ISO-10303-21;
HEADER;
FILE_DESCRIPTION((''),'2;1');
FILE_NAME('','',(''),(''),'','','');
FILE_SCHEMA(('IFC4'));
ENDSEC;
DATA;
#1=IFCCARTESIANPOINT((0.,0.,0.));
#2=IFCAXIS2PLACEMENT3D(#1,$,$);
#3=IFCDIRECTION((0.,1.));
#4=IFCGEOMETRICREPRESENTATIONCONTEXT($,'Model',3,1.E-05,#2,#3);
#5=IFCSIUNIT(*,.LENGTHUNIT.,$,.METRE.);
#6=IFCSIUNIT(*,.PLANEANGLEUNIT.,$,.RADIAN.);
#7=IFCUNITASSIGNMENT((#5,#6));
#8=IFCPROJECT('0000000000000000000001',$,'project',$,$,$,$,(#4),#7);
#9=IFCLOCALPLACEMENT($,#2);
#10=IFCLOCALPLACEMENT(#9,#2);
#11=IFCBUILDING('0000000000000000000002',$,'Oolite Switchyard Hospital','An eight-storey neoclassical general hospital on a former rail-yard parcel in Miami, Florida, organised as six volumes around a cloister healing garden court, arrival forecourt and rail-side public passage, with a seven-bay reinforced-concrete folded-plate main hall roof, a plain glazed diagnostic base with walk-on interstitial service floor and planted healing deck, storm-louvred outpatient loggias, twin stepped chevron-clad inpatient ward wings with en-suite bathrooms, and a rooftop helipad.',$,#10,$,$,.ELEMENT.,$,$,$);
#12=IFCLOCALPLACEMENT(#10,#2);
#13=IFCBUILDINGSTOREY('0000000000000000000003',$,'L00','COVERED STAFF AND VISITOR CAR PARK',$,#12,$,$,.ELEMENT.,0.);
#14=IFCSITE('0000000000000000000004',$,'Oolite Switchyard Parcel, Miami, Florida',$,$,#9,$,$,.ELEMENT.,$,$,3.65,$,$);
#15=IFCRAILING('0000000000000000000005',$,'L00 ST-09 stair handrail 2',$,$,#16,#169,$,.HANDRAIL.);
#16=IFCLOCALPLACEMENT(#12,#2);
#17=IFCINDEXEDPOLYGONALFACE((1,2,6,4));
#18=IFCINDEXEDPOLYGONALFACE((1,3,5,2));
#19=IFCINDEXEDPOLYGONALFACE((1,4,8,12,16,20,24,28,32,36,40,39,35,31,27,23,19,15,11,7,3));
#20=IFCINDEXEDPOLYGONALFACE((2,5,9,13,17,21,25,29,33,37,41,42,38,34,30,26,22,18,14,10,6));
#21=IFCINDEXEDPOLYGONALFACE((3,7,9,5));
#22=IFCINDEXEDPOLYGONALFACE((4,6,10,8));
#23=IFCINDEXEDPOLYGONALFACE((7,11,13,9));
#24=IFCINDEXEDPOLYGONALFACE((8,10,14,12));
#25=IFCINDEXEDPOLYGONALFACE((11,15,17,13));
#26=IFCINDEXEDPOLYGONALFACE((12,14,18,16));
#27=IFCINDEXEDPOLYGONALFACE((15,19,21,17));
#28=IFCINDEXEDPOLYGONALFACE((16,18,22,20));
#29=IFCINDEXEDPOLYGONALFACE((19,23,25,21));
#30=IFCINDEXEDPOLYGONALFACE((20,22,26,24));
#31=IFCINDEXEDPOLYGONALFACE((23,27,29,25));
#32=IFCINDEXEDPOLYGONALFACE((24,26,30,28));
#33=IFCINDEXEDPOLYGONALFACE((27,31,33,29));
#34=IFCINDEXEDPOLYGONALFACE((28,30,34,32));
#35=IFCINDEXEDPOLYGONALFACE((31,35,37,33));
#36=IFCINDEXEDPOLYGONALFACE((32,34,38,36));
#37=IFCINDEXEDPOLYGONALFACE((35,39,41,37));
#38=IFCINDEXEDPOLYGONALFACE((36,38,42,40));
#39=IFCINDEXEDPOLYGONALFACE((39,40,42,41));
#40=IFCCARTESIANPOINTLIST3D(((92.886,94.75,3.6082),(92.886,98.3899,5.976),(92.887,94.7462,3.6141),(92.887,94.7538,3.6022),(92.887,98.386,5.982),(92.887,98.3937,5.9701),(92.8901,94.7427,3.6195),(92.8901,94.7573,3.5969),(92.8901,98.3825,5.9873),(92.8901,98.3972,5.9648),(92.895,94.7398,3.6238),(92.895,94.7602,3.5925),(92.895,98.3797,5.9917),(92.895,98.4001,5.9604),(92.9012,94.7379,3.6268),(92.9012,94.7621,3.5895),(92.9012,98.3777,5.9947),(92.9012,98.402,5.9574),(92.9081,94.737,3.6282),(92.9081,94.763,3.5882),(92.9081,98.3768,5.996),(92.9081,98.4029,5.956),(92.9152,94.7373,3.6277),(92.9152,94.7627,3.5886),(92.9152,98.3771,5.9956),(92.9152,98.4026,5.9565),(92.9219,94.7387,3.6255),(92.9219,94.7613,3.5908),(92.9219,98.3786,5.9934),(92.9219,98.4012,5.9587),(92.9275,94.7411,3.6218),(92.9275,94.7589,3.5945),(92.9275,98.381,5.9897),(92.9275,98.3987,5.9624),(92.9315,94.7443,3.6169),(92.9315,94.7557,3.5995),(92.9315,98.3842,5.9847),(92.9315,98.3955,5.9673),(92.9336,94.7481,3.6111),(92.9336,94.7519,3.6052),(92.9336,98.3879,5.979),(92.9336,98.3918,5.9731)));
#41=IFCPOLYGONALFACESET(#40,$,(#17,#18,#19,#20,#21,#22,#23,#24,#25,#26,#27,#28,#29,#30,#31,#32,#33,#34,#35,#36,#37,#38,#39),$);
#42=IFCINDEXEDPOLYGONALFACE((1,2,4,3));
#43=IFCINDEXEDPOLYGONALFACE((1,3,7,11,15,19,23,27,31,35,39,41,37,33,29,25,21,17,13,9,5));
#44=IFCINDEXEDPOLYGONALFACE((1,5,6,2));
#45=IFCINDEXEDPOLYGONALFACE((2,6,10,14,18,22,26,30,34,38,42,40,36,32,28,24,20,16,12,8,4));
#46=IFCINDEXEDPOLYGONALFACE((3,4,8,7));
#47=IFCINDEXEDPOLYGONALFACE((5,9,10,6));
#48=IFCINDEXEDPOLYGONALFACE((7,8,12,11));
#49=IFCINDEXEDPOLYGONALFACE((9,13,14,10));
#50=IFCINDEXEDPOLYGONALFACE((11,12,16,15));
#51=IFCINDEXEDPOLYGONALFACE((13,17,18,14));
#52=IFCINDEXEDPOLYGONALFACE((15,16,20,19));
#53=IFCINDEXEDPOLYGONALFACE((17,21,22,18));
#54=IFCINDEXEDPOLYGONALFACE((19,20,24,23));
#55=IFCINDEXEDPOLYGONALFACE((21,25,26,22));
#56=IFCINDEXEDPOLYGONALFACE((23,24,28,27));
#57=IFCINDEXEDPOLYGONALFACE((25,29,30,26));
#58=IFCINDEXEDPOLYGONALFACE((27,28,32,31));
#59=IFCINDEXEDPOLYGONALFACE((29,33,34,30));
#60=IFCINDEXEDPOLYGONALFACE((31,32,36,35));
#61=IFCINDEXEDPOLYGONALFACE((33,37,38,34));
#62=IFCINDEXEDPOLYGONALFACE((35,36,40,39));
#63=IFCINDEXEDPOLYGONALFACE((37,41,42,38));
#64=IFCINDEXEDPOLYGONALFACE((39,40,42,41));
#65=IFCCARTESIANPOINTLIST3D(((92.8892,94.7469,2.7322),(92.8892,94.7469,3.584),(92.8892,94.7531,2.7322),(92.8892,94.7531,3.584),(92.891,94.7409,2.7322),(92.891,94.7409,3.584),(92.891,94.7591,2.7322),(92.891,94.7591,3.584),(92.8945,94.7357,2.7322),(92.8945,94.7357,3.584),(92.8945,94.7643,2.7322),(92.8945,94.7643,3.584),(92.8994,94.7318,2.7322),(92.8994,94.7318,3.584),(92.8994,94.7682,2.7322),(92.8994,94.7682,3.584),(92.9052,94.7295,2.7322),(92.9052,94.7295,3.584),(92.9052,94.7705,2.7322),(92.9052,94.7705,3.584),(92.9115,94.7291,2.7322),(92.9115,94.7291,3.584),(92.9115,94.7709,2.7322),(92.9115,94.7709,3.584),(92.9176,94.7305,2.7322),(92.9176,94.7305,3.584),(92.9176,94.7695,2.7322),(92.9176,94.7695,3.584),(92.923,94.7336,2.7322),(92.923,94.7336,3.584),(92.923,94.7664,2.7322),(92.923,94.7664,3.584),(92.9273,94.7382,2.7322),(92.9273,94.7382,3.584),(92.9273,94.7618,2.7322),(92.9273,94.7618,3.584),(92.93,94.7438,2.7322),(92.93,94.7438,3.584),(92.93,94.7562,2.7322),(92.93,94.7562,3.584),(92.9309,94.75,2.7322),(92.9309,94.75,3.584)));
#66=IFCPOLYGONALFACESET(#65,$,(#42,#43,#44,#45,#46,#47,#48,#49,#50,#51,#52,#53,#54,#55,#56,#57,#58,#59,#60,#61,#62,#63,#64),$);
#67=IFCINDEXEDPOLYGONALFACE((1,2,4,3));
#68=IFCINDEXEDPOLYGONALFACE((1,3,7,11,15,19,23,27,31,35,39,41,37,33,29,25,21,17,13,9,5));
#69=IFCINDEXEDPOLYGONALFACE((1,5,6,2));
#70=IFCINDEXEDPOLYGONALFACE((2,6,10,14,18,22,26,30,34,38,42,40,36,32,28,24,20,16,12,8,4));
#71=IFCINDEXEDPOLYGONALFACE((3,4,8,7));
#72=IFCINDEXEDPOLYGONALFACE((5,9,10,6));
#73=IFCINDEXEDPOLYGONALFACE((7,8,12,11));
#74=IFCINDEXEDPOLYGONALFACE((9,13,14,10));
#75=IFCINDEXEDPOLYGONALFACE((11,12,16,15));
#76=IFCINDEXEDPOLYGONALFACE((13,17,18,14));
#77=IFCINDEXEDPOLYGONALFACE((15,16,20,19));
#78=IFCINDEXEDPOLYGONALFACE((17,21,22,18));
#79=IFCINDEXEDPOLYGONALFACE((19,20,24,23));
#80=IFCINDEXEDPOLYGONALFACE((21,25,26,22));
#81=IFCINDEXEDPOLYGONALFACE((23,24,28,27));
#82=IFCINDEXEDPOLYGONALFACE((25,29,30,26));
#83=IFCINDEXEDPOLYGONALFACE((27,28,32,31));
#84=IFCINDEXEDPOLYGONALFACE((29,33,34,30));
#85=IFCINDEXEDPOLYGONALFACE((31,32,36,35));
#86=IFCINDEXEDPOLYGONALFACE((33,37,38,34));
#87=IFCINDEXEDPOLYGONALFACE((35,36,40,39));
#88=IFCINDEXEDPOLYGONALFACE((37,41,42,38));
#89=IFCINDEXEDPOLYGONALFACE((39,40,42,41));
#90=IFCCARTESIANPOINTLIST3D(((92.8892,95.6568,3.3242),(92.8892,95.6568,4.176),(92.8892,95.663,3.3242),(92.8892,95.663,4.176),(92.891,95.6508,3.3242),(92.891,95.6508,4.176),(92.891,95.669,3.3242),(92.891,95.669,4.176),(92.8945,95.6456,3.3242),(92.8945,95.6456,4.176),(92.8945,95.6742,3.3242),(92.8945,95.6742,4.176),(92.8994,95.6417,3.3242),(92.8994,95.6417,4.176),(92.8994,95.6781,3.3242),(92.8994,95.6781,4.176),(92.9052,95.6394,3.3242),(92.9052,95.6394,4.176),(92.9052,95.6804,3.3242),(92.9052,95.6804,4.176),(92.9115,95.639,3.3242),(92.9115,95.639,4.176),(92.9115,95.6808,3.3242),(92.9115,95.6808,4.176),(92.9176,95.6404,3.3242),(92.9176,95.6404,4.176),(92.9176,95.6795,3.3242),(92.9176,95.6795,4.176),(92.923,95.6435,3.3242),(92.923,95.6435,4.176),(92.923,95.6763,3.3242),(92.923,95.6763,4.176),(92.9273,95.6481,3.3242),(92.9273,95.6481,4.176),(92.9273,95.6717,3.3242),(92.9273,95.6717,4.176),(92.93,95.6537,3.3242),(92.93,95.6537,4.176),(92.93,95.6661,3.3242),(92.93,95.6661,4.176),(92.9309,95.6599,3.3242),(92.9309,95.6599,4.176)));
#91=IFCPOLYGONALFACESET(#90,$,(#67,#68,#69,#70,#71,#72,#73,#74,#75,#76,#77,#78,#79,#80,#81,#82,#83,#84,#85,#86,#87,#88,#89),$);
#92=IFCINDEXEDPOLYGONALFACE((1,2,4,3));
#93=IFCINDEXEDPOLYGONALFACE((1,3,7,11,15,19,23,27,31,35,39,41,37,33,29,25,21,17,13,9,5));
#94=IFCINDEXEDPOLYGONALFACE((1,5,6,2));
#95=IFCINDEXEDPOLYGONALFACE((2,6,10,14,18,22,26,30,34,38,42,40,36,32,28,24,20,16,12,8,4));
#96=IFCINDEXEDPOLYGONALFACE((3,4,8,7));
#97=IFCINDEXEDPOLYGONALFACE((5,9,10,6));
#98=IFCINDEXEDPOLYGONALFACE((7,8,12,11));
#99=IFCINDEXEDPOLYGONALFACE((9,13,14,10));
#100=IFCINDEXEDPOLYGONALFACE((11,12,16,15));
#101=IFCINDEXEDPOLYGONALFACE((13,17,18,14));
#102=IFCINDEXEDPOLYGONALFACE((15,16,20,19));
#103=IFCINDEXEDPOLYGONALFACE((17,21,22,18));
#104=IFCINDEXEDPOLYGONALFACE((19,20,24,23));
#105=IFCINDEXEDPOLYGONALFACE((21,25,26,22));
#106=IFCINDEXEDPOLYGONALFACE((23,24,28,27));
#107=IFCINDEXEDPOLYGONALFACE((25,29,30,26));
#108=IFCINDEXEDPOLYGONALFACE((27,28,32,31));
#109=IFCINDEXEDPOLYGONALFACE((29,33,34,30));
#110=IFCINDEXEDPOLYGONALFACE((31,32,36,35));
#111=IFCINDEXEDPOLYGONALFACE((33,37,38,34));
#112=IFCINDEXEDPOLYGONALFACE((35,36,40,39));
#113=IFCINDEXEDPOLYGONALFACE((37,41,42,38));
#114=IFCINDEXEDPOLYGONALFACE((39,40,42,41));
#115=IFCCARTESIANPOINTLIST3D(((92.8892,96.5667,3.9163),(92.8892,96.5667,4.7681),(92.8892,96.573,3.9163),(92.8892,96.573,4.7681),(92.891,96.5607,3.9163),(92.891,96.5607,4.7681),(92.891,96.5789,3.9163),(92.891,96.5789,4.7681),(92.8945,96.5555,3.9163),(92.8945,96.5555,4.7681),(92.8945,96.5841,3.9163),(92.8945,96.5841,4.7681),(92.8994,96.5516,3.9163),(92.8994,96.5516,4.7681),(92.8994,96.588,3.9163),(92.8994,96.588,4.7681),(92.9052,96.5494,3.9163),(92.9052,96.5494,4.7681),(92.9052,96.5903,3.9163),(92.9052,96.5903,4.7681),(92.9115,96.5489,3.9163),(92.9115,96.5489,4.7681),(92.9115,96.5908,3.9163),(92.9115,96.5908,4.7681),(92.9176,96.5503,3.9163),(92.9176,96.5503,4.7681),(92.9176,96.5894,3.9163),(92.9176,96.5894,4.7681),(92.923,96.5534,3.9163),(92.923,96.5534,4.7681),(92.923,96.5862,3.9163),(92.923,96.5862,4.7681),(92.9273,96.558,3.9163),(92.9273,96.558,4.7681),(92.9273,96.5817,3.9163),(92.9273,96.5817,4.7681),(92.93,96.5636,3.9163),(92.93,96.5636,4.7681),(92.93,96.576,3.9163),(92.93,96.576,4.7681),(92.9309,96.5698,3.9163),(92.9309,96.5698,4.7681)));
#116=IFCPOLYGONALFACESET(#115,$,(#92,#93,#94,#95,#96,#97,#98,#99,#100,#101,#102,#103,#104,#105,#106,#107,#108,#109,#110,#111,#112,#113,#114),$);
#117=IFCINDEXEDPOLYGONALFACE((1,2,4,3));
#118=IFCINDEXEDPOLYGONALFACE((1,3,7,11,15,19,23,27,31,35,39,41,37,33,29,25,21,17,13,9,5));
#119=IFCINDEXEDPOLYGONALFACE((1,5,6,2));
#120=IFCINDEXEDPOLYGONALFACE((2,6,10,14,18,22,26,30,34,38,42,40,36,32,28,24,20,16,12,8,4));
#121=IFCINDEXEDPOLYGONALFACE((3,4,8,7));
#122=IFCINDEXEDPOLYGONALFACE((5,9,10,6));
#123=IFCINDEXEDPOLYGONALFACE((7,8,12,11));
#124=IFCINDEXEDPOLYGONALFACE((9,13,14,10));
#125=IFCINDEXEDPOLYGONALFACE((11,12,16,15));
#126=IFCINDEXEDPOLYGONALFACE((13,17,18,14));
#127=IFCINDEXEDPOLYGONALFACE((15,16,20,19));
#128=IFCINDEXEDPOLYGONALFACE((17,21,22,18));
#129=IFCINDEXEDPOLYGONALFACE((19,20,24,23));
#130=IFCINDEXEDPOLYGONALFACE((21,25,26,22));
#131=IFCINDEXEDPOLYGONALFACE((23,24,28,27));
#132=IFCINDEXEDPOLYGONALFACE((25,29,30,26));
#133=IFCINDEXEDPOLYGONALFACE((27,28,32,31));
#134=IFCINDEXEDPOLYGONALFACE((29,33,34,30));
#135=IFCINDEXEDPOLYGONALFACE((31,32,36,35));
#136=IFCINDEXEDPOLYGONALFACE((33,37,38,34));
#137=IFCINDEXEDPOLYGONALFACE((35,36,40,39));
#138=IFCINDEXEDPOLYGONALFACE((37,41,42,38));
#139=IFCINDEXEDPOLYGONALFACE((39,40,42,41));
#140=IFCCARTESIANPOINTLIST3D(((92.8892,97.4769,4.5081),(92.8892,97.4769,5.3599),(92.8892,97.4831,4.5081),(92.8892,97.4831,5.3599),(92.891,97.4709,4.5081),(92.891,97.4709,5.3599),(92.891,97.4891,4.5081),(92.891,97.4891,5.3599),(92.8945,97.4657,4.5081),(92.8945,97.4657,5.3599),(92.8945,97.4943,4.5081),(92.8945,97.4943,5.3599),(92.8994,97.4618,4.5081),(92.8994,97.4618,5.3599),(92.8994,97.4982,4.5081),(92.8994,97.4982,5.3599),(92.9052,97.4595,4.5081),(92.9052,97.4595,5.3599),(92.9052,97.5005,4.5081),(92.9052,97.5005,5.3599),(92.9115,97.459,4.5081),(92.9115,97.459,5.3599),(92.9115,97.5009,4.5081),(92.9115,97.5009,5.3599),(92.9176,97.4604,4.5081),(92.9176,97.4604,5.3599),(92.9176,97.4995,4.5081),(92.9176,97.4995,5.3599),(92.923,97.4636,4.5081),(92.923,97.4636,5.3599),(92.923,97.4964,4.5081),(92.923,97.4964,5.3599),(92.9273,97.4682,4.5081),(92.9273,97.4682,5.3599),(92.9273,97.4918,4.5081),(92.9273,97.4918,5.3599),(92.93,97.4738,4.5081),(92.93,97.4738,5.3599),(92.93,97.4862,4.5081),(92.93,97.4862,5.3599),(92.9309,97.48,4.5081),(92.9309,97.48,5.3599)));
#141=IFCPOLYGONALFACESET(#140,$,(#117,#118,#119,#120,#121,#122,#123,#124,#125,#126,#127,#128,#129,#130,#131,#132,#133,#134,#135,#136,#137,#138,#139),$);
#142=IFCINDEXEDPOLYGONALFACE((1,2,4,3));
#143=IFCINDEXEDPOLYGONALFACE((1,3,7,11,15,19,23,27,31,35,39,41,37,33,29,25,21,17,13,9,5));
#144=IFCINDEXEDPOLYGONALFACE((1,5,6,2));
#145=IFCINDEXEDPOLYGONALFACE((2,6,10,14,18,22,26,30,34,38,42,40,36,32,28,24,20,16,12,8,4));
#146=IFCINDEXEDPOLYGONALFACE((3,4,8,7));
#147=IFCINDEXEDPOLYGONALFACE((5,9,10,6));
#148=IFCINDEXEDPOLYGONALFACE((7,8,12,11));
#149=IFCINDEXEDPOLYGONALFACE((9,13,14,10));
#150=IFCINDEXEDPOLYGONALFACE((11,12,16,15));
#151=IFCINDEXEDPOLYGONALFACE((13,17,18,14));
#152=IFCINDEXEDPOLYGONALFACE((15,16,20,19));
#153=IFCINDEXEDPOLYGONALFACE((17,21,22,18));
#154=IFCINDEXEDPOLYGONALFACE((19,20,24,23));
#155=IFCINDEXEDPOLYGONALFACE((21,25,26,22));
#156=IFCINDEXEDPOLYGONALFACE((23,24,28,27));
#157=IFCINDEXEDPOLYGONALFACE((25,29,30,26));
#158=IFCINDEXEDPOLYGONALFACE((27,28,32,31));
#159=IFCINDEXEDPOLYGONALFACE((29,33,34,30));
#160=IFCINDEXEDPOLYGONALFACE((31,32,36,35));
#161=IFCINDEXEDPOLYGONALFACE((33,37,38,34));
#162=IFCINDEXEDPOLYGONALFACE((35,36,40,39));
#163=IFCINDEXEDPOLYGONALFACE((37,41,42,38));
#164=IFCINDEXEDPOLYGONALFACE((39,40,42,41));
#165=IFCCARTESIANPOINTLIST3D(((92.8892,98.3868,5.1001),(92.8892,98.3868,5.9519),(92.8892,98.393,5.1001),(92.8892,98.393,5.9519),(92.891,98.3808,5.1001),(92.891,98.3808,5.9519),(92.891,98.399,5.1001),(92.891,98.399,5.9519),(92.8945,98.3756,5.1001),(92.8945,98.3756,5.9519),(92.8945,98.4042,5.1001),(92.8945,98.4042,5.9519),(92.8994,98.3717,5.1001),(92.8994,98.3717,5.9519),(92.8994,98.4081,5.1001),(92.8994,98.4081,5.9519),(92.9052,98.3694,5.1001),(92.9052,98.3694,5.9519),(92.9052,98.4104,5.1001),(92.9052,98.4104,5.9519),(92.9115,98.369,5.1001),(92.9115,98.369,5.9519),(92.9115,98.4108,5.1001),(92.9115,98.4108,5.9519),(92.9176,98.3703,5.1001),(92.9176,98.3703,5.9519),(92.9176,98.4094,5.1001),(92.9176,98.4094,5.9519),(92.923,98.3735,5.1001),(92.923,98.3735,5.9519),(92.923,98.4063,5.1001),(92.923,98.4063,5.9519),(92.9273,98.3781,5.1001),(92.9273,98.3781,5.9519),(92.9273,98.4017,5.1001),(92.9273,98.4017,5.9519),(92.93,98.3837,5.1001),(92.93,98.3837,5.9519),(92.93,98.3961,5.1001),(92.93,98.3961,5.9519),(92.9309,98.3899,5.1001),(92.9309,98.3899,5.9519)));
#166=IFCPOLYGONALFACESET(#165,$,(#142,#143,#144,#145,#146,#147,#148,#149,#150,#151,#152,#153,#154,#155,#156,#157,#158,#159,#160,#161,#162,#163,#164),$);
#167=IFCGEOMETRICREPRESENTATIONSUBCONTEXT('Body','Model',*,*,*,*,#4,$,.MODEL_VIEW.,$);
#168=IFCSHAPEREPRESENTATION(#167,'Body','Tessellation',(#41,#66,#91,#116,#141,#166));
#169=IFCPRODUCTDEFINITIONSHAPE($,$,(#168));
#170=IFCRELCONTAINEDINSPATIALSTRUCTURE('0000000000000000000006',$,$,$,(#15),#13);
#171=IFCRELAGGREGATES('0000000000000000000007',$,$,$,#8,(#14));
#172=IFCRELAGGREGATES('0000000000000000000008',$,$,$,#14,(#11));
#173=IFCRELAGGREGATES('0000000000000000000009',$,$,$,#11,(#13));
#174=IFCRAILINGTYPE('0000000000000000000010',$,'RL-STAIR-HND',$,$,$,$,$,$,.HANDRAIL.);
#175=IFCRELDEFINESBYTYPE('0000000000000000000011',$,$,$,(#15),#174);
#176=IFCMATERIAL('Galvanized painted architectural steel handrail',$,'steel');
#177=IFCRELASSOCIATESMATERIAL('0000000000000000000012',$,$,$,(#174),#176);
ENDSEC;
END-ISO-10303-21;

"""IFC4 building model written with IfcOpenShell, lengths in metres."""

from ifc_helpers import new_model, si_unit, direction, frame, origin, origin_2d, place, context, subcontext, project, spatial, circle, extrude, material, type_object, element, save


model = new_model("IFC4")

# Units and contexts
model_context = context("Model", 3, precision=1e-05, world=origin(), true_north=direction((0.0, 1.0)))
body_context = subcontext(model_context, "Body", "Model", "MODEL_VIEW")
ifc_project = project(units=[si_unit("LENGTHUNIT", "METRE"), si_unit("PLANEANGLEUNIT", "RADIAN")], contexts=[model_context])

# Site, building, storey
site_placement = place(None, origin())
site = spatial("IfcSite", under=ifc_project, at=site_placement, Name="Oolite Switchyard Parcel, Miami, Florida", CompositionType="ELEMENT", RefElevation=3.65)
building_placement = place(site_placement, origin())
building = spatial("IfcBuilding", under=site, at=building_placement, Name="Oolite Switchyard Hospital", Description="An eight-storey neoclassical general hospital on a former rail-yard parcel in Miami, Florida, organised as six volumes around a cloister healing garden court, arrival forecourt and rail-side public passage, with a seven-bay reinforced-concrete folded-plate main hall roof, a plain glazed diagnostic base with walk-on interstitial service floor and planted healing deck, storm-louvred outpatient loggias, twin stepped chevron-clad inpatient ward wings with en-suite bathrooms, and a rooftop helipad.", CompositionType="ELEMENT")
storey_placement = place(building_placement, origin())
storey = spatial("IfcBuildingStorey", under=building, at=storey_placement, Name="L00", Description="COVERED STAFF AND VISITOR CAR PARK", CompositionType="ELEMENT", Elevation=0.0)

# Railing
ifc_material_1 = material(Name="Galvanized painted architectural steel handrail", Category="steel")
railing_type_1 = type_object("IfcRailingType", Name="RL-STAIR-HND", PredefinedType="HANDRAIL", material=ifc_material_1)
railing_1_placement = place(storey_placement, frame((92.9099, 94.75, 2.7322)))
element("IfcRailing", 1, at=railing_1_placement, inside=storey, type_object=railing_type_1, Name="L00 ST-09 stair handrail 2", PredefinedType="HANDRAIL", context=body_context, shape_type="SweptSolid", body=[
    extrude(circle(Radius=0.0239, at=origin_2d()), frame((0.0, 0.0, 0.876), z_axis=(0.0, 0.838234, 0.54531), x_axis=(-1.0, 0.0, 0.0)), (0.0, 0.0, 1.0), 4.3423),
    extrude(circle(Radius=0.021, at=origin_2d()), origin(), (0.0, 0.0, 1.0), 0.8518),
    extrude(circle(Radius=0.021, at=origin_2d()), frame((0.0, 0.9099, 0.592)), (0.0, 0.0, 1.0), 0.8518),
    extrude(circle(Radius=0.021, at=origin_2d()), frame((0.0, 1.8198, 1.1841)), (0.0, 0.0, 1.0), 0.8518),
    extrude(circle(Radius=0.021, at=origin_2d()), frame((0.0, 2.73, 1.7759)), (0.0, 0.0, 1.0), 0.8518),
    extrude(circle(Radius=0.021, at=origin_2d()), frame((0.0, 3.6399, 2.3679)), (0.0, 0.0, 1.0), 0.8518),
])

save(model, "model.ifc")
